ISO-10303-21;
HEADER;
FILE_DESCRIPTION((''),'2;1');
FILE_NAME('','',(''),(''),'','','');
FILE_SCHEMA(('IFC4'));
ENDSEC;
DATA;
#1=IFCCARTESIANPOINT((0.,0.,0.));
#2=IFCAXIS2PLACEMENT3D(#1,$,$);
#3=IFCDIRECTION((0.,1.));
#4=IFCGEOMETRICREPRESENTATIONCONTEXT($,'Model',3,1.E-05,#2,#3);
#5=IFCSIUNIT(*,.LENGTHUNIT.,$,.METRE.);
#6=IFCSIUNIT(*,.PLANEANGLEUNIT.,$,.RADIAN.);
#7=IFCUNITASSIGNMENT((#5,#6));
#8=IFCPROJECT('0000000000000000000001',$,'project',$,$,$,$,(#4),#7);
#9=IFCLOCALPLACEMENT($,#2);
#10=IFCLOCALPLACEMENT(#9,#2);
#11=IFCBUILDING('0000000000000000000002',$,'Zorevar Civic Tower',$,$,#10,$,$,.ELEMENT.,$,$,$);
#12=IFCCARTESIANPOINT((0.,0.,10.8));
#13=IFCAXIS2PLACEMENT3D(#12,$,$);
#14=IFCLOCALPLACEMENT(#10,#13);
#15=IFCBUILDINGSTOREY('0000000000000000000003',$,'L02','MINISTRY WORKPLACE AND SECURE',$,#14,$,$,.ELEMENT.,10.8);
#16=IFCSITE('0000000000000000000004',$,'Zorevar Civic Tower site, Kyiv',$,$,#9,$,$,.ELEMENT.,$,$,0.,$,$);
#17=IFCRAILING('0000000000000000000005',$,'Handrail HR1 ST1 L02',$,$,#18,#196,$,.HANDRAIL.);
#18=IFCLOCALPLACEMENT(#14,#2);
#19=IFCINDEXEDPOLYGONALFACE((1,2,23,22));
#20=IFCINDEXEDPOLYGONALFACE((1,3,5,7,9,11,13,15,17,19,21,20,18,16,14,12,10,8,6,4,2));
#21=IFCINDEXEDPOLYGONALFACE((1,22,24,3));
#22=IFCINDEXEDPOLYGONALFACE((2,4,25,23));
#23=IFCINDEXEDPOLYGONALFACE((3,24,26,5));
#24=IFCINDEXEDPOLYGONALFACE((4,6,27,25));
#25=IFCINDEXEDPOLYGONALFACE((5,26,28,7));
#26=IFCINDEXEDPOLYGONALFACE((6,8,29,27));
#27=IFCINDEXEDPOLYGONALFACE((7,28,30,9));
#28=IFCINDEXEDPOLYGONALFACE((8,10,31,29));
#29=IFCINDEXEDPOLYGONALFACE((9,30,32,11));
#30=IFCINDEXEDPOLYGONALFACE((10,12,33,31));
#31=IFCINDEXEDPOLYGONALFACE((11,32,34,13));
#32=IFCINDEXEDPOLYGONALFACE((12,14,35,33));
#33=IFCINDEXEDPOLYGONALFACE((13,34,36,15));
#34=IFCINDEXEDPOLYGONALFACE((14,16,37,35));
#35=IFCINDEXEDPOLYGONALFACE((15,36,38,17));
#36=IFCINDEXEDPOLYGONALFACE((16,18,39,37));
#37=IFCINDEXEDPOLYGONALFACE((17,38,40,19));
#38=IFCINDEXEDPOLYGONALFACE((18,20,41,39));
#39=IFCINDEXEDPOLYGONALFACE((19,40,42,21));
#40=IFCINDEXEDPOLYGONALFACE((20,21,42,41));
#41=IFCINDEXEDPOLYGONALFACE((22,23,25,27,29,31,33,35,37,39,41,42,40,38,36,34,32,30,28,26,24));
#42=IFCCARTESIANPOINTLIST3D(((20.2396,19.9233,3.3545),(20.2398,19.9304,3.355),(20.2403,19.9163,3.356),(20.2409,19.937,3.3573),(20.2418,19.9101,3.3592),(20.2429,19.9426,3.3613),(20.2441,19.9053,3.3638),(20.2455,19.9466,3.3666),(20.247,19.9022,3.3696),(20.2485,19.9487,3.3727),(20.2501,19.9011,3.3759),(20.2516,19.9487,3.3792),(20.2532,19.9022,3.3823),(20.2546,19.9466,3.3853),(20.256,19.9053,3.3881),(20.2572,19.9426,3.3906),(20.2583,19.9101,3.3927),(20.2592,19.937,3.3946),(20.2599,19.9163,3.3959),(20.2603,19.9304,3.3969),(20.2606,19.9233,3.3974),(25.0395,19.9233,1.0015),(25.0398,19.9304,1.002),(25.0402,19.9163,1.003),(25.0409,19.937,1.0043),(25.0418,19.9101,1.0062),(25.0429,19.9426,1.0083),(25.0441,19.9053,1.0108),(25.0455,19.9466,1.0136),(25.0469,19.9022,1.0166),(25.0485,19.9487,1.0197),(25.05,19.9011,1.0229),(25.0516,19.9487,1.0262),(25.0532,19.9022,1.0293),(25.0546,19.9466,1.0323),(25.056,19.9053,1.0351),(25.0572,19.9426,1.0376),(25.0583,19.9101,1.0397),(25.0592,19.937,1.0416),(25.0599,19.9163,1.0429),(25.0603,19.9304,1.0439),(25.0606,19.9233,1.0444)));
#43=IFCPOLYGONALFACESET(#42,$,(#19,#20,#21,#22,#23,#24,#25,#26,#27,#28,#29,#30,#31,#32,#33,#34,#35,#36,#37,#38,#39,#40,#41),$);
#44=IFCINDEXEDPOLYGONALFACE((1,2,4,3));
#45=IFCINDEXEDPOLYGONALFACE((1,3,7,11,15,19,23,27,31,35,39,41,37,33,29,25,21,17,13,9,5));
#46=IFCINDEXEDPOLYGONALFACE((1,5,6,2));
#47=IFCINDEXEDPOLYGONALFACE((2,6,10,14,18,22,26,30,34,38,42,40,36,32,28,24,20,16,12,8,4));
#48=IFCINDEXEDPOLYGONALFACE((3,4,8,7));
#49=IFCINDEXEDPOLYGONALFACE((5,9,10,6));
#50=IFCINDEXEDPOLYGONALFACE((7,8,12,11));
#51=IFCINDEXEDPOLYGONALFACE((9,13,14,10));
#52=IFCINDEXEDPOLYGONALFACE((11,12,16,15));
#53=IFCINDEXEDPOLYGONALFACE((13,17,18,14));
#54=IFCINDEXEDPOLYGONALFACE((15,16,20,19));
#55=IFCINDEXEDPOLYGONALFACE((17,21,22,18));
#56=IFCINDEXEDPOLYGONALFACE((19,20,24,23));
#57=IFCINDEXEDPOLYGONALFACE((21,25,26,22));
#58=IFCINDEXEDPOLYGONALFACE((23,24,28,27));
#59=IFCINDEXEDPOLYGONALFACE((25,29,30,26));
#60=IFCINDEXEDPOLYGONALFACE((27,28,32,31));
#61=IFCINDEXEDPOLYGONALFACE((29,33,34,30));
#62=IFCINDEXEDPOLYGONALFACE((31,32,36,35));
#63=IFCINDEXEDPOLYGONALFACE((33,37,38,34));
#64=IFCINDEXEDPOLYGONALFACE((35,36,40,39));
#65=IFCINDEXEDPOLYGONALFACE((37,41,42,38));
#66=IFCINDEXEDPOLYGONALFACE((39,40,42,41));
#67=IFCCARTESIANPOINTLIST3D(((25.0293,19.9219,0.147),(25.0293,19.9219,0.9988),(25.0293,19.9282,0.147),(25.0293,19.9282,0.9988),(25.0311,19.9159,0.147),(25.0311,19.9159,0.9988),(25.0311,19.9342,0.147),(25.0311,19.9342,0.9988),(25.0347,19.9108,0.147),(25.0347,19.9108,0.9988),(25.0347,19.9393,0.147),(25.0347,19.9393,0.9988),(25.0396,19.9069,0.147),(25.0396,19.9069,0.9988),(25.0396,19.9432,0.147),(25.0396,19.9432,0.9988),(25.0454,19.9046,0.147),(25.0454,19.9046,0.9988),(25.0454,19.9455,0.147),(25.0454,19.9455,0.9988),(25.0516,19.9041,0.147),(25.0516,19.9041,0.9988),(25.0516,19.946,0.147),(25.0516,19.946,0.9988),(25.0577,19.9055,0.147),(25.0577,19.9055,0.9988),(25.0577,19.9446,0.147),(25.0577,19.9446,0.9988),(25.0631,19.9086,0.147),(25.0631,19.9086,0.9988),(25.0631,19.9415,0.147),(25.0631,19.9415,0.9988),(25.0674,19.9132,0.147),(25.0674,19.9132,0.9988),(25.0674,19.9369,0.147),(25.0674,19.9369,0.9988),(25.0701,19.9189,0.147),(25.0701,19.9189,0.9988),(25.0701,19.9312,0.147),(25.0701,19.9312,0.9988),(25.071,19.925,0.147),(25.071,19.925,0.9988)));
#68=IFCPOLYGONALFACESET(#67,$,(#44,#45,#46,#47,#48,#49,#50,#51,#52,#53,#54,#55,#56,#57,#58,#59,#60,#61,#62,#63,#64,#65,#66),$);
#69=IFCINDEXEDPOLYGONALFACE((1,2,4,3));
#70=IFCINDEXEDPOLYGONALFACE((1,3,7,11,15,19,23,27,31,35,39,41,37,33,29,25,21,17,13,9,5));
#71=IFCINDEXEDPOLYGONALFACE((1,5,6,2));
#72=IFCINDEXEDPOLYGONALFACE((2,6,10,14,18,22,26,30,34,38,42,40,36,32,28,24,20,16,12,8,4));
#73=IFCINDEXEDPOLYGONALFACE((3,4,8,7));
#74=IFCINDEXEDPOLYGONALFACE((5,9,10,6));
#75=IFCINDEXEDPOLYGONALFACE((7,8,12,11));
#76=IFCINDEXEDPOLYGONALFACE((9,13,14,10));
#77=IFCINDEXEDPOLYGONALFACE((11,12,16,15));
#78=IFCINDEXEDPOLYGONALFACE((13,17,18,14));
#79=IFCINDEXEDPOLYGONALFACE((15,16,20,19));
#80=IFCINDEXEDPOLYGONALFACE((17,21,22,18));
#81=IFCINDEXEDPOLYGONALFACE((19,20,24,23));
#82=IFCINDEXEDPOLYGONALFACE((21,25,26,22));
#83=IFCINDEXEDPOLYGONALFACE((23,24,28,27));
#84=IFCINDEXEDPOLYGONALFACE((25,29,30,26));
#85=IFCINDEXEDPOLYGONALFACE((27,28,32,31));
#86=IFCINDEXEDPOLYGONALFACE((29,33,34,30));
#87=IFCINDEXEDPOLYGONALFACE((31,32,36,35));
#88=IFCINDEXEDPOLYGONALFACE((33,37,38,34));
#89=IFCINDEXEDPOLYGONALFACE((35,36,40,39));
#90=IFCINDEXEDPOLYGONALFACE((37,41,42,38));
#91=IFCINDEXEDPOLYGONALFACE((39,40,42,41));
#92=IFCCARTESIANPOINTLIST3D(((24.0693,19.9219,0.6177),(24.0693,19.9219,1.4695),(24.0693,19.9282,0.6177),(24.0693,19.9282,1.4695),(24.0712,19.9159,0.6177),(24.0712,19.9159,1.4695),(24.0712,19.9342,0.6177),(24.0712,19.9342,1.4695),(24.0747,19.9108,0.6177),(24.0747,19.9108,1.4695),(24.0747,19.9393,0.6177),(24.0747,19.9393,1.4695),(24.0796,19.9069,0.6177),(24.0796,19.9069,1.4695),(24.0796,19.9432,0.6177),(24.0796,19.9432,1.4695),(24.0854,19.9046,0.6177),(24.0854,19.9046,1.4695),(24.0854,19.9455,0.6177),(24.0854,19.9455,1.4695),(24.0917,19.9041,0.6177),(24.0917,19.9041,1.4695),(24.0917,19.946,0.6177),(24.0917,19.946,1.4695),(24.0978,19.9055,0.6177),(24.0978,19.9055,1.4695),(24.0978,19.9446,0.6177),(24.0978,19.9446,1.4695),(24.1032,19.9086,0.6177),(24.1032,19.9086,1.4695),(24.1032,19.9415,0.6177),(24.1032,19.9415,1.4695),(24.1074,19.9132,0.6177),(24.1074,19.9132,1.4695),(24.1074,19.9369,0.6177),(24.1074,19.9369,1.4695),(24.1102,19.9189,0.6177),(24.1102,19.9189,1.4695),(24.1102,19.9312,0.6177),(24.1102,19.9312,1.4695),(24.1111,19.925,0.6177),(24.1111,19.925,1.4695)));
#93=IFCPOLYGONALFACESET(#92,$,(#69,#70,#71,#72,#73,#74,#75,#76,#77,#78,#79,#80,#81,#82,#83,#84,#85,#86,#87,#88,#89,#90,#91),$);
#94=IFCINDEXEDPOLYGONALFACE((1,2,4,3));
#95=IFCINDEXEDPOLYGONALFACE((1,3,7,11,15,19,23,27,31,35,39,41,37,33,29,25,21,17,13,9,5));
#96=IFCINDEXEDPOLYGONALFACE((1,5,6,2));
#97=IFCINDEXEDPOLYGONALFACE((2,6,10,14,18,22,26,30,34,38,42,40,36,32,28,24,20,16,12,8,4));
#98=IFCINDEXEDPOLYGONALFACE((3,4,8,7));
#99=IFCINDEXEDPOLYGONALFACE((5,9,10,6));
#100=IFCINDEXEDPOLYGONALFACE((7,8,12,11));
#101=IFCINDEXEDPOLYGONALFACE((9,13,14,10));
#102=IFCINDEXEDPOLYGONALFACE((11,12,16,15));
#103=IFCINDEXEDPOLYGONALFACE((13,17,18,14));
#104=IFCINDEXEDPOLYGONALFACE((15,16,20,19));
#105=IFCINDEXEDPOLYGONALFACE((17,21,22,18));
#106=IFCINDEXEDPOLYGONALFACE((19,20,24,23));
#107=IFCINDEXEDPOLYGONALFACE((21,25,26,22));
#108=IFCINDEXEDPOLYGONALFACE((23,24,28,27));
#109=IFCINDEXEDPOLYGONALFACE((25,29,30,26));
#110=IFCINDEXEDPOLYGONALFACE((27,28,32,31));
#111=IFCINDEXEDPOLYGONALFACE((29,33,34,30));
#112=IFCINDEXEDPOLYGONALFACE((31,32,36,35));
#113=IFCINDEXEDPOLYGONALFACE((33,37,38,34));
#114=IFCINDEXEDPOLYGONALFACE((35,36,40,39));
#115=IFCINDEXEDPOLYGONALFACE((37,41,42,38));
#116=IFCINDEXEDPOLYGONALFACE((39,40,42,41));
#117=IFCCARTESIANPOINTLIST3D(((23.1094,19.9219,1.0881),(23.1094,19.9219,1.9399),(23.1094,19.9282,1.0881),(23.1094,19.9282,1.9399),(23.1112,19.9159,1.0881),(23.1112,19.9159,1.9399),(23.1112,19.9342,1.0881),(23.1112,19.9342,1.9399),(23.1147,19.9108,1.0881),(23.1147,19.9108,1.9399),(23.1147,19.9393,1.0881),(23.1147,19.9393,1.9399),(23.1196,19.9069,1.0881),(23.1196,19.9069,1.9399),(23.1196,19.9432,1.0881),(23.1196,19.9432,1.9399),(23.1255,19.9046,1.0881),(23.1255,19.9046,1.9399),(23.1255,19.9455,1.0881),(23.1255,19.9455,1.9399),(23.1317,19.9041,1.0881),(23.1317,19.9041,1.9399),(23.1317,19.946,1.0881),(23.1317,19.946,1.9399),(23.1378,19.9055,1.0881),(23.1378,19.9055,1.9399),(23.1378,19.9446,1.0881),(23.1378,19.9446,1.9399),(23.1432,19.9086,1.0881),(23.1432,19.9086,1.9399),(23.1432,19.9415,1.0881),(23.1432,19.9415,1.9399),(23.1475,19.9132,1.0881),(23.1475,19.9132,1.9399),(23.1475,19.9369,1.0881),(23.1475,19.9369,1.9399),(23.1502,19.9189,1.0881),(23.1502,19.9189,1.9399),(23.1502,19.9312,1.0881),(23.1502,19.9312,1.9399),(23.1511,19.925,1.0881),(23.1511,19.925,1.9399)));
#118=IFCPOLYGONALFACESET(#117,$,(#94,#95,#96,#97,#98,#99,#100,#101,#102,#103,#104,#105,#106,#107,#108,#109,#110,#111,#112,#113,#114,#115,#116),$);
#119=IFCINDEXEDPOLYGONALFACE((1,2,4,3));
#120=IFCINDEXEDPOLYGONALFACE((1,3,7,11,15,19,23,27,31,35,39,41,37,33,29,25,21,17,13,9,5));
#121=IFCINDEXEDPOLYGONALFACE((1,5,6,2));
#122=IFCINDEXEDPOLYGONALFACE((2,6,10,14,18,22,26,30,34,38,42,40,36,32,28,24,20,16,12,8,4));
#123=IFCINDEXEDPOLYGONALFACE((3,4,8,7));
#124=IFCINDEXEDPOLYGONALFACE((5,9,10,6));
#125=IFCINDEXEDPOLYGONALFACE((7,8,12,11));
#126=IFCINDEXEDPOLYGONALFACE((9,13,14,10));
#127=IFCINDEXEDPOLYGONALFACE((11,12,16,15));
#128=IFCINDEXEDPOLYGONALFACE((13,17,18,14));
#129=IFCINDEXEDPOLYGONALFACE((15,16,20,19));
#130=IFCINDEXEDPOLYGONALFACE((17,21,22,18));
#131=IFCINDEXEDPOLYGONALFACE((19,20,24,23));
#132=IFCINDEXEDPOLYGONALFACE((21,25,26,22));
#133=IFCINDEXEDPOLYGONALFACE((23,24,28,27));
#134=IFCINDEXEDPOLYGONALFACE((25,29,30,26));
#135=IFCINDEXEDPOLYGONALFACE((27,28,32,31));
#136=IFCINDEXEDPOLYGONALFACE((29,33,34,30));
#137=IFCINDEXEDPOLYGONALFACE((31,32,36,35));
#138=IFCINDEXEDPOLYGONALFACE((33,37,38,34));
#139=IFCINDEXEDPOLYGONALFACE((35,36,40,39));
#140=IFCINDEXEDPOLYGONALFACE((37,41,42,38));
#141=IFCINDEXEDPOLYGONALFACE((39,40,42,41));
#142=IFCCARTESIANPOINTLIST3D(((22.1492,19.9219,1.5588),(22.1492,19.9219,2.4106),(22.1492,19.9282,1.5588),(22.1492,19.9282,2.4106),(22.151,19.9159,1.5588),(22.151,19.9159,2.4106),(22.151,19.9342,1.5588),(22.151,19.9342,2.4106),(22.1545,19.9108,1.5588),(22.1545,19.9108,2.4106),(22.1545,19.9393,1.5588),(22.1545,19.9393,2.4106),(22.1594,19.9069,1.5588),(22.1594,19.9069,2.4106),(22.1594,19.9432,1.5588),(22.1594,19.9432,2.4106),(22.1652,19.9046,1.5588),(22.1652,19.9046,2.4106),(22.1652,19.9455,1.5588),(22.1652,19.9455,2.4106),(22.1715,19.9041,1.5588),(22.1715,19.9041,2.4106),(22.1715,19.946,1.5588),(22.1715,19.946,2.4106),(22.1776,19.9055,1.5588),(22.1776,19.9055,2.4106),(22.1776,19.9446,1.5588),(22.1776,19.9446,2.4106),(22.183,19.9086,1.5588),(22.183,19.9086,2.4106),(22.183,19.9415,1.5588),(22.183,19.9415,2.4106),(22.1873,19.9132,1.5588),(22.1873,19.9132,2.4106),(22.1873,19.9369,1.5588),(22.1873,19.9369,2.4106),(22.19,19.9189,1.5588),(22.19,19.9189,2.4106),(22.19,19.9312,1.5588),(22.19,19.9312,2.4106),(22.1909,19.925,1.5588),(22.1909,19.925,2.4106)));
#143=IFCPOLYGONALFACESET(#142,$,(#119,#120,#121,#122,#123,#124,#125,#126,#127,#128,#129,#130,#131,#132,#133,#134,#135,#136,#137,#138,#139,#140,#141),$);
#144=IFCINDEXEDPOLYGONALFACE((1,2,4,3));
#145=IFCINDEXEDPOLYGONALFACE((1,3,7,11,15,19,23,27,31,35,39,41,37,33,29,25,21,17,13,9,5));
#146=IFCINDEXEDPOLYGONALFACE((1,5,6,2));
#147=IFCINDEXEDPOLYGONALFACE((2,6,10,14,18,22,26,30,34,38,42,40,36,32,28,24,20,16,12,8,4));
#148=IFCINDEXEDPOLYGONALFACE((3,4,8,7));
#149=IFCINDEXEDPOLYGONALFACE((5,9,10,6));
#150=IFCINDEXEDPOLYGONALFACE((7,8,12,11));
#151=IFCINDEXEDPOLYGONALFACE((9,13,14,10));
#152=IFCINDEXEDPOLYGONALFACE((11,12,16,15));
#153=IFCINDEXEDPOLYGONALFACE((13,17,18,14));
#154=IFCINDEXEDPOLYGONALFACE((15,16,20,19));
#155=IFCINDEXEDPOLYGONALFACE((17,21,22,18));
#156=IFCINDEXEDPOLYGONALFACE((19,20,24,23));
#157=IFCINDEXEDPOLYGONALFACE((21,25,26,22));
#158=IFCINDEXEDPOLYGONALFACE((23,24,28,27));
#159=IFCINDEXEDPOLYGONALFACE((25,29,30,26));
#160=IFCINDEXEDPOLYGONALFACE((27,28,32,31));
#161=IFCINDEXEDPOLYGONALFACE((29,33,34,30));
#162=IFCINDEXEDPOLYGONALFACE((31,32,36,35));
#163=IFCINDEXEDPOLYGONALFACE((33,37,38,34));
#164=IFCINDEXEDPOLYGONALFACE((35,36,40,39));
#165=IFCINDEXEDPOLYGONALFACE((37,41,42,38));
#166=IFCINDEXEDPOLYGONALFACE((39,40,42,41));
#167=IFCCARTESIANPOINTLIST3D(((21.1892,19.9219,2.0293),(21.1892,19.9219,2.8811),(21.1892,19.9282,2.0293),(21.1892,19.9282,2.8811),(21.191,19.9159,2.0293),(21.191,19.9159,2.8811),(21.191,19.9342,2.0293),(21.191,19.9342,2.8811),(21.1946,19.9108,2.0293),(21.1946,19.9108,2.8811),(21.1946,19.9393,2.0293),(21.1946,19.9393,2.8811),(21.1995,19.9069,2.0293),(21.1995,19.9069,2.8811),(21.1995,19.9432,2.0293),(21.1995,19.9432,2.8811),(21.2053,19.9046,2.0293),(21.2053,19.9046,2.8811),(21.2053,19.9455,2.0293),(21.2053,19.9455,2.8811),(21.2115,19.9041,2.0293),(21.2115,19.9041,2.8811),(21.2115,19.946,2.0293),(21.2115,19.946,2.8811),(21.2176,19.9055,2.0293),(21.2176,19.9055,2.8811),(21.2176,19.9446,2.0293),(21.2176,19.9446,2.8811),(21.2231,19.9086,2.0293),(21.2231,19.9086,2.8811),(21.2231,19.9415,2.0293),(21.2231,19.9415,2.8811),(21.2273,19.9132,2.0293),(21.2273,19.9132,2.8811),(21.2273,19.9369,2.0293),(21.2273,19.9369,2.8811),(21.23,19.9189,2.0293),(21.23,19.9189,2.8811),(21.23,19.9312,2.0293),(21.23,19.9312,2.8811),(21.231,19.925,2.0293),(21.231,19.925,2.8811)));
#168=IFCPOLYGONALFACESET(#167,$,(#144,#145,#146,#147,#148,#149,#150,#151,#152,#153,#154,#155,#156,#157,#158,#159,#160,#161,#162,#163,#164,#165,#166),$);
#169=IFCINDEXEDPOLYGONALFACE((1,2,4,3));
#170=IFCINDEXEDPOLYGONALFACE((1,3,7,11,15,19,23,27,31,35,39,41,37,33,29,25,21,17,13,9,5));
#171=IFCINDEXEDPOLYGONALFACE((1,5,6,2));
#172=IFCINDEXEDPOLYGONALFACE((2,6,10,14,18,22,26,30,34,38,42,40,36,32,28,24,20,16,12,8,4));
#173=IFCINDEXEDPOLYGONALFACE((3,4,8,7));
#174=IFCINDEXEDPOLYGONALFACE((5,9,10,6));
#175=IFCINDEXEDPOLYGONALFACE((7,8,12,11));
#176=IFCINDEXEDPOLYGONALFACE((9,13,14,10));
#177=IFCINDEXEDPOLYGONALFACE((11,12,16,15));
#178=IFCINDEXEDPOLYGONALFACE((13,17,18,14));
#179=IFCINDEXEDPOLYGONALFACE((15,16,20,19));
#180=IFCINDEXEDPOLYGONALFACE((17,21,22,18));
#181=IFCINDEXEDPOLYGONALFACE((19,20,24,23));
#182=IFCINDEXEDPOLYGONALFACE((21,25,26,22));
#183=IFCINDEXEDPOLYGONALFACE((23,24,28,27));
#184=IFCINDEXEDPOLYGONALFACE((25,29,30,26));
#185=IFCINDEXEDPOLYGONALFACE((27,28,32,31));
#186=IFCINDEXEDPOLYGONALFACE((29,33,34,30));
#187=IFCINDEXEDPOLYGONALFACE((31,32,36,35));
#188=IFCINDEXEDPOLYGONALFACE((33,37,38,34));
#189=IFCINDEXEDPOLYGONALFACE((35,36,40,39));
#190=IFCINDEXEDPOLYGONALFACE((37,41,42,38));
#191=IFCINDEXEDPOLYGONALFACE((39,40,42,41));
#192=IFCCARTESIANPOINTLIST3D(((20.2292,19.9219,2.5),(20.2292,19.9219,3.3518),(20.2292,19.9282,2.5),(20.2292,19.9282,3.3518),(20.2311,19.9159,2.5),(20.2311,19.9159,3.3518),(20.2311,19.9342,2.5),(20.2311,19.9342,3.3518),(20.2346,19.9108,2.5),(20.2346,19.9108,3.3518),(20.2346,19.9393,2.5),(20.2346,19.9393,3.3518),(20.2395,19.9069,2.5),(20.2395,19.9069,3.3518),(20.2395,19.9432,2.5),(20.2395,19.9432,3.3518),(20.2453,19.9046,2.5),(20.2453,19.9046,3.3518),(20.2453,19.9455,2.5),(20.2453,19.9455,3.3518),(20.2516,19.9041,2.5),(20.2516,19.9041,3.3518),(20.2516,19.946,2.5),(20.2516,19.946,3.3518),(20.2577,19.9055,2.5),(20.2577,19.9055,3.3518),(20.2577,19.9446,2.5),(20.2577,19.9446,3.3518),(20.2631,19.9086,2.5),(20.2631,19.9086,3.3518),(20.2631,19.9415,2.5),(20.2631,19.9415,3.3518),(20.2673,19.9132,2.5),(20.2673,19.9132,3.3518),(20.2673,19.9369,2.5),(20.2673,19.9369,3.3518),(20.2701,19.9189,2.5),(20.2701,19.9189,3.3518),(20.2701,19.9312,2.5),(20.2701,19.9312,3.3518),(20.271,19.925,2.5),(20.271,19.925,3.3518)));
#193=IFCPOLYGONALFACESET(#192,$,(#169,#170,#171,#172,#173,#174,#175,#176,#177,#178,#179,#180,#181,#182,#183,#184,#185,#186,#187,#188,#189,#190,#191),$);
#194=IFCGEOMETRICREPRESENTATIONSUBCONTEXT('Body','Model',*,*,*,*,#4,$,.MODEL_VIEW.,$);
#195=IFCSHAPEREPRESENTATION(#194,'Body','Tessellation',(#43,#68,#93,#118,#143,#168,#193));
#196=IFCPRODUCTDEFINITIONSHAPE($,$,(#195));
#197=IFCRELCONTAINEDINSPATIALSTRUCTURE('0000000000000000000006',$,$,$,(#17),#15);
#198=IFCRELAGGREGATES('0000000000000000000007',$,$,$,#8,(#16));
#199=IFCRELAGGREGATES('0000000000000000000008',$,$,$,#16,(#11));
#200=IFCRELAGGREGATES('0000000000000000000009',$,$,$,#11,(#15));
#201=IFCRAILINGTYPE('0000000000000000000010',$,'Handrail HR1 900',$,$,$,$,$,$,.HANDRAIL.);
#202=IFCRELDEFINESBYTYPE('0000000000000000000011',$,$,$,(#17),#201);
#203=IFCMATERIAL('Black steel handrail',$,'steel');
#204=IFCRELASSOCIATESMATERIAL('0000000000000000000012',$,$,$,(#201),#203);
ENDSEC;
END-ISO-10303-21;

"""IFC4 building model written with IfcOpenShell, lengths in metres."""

from ifc_helpers import new_model, si_unit, direction, frame, origin, origin_2d, place, context, subcontext, project, spatial, circle, extrude, material, type_object, element, save


model = new_model("IFC4")

# Units and contexts
model_context = context("Model", 3, precision=1e-05, world=origin(), true_north=direction((0.0, 1.0)))
body_context = subcontext(model_context, "Body", "Model", "MODEL_VIEW")
ifc_project = project(units=[si_unit("LENGTHUNIT", "METRE"), si_unit("PLANEANGLEUNIT", "RADIAN")], contexts=[model_context])

# Site, building, storey
site_placement = place(None, origin())
site = spatial("IfcSite", under=ifc_project, at=site_placement, Name="Zorevar Civic Tower site, Kyiv", CompositionType="ELEMENT", RefElevation=0.0)
building_placement = place(site_placement, origin())
building = spatial("IfcBuilding", under=site, at=building_placement, Name="Zorevar Civic Tower", CompositionType="ELEMENT")
storey_placement = place(building_placement, frame((0.0, 0.0, 10.8)))
storey = spatial("IfcBuildingStorey", under=building, at=storey_placement, Name="L02", Description="MINISTRY WORKPLACE AND SECURE", CompositionType="ELEMENT", Elevation=10.8)

# Railing
ifc_material_1 = material(Name="Black steel handrail", Category="steel")
railing_type = type_object("IfcRailingType", Name="Handrail HR1 900", PredefinedType="HANDRAIL", material=ifc_material_1)
railing_1_placement = place(storey_placement, frame((25.05, 19.925, 0.147)))
element("IfcRailing", 1, at=railing_1_placement, inside=storey, type_object=railing_type, Name="Handrail HR1 ST1 L02", PredefinedType="HANDRAIL", context=body_context, shape_type="SweptSolid", body=[
    extrude(circle(Radius=0.0239, at=origin_2d()), frame((0.0, 0.0, 0.876), z_axis=(-0.897916, 0.0, 0.440167), x_axis=(0.0, -1.0, 0.0)), (0.0, 0.0, 1.0), 5.3457),
    extrude(circle(Radius=0.021, at=origin_2d()), origin(), (0.0, 0.0, 1.0), 0.8518),
    extrude(circle(Radius=0.021, at=origin_2d()), frame((-0.96, 0.0, 0.4707)), (0.0, 0.0, 1.0), 0.8518),
    extrude(circle(Radius=0.021, at=origin_2d()), frame((-1.9199, 0.0, 0.9412)), (0.0, 0.0, 1.0), 0.8518),
    extrude(circle(Radius=0.021, at=origin_2d()), frame((-2.8801, 0.0, 1.4119)), (0.0, 0.0, 1.0), 0.8518),
    extrude(circle(Radius=0.021, at=origin_2d()), frame((-3.8401, 0.0, 1.8823)), (0.0, 0.0, 1.0), 0.8518),
    extrude(circle(Radius=0.021, at=origin_2d()), frame((-4.8, 0.0, 2.353)), (0.0, 0.0, 1.0), 0.8518),
])

save(model, "model.ifc")
